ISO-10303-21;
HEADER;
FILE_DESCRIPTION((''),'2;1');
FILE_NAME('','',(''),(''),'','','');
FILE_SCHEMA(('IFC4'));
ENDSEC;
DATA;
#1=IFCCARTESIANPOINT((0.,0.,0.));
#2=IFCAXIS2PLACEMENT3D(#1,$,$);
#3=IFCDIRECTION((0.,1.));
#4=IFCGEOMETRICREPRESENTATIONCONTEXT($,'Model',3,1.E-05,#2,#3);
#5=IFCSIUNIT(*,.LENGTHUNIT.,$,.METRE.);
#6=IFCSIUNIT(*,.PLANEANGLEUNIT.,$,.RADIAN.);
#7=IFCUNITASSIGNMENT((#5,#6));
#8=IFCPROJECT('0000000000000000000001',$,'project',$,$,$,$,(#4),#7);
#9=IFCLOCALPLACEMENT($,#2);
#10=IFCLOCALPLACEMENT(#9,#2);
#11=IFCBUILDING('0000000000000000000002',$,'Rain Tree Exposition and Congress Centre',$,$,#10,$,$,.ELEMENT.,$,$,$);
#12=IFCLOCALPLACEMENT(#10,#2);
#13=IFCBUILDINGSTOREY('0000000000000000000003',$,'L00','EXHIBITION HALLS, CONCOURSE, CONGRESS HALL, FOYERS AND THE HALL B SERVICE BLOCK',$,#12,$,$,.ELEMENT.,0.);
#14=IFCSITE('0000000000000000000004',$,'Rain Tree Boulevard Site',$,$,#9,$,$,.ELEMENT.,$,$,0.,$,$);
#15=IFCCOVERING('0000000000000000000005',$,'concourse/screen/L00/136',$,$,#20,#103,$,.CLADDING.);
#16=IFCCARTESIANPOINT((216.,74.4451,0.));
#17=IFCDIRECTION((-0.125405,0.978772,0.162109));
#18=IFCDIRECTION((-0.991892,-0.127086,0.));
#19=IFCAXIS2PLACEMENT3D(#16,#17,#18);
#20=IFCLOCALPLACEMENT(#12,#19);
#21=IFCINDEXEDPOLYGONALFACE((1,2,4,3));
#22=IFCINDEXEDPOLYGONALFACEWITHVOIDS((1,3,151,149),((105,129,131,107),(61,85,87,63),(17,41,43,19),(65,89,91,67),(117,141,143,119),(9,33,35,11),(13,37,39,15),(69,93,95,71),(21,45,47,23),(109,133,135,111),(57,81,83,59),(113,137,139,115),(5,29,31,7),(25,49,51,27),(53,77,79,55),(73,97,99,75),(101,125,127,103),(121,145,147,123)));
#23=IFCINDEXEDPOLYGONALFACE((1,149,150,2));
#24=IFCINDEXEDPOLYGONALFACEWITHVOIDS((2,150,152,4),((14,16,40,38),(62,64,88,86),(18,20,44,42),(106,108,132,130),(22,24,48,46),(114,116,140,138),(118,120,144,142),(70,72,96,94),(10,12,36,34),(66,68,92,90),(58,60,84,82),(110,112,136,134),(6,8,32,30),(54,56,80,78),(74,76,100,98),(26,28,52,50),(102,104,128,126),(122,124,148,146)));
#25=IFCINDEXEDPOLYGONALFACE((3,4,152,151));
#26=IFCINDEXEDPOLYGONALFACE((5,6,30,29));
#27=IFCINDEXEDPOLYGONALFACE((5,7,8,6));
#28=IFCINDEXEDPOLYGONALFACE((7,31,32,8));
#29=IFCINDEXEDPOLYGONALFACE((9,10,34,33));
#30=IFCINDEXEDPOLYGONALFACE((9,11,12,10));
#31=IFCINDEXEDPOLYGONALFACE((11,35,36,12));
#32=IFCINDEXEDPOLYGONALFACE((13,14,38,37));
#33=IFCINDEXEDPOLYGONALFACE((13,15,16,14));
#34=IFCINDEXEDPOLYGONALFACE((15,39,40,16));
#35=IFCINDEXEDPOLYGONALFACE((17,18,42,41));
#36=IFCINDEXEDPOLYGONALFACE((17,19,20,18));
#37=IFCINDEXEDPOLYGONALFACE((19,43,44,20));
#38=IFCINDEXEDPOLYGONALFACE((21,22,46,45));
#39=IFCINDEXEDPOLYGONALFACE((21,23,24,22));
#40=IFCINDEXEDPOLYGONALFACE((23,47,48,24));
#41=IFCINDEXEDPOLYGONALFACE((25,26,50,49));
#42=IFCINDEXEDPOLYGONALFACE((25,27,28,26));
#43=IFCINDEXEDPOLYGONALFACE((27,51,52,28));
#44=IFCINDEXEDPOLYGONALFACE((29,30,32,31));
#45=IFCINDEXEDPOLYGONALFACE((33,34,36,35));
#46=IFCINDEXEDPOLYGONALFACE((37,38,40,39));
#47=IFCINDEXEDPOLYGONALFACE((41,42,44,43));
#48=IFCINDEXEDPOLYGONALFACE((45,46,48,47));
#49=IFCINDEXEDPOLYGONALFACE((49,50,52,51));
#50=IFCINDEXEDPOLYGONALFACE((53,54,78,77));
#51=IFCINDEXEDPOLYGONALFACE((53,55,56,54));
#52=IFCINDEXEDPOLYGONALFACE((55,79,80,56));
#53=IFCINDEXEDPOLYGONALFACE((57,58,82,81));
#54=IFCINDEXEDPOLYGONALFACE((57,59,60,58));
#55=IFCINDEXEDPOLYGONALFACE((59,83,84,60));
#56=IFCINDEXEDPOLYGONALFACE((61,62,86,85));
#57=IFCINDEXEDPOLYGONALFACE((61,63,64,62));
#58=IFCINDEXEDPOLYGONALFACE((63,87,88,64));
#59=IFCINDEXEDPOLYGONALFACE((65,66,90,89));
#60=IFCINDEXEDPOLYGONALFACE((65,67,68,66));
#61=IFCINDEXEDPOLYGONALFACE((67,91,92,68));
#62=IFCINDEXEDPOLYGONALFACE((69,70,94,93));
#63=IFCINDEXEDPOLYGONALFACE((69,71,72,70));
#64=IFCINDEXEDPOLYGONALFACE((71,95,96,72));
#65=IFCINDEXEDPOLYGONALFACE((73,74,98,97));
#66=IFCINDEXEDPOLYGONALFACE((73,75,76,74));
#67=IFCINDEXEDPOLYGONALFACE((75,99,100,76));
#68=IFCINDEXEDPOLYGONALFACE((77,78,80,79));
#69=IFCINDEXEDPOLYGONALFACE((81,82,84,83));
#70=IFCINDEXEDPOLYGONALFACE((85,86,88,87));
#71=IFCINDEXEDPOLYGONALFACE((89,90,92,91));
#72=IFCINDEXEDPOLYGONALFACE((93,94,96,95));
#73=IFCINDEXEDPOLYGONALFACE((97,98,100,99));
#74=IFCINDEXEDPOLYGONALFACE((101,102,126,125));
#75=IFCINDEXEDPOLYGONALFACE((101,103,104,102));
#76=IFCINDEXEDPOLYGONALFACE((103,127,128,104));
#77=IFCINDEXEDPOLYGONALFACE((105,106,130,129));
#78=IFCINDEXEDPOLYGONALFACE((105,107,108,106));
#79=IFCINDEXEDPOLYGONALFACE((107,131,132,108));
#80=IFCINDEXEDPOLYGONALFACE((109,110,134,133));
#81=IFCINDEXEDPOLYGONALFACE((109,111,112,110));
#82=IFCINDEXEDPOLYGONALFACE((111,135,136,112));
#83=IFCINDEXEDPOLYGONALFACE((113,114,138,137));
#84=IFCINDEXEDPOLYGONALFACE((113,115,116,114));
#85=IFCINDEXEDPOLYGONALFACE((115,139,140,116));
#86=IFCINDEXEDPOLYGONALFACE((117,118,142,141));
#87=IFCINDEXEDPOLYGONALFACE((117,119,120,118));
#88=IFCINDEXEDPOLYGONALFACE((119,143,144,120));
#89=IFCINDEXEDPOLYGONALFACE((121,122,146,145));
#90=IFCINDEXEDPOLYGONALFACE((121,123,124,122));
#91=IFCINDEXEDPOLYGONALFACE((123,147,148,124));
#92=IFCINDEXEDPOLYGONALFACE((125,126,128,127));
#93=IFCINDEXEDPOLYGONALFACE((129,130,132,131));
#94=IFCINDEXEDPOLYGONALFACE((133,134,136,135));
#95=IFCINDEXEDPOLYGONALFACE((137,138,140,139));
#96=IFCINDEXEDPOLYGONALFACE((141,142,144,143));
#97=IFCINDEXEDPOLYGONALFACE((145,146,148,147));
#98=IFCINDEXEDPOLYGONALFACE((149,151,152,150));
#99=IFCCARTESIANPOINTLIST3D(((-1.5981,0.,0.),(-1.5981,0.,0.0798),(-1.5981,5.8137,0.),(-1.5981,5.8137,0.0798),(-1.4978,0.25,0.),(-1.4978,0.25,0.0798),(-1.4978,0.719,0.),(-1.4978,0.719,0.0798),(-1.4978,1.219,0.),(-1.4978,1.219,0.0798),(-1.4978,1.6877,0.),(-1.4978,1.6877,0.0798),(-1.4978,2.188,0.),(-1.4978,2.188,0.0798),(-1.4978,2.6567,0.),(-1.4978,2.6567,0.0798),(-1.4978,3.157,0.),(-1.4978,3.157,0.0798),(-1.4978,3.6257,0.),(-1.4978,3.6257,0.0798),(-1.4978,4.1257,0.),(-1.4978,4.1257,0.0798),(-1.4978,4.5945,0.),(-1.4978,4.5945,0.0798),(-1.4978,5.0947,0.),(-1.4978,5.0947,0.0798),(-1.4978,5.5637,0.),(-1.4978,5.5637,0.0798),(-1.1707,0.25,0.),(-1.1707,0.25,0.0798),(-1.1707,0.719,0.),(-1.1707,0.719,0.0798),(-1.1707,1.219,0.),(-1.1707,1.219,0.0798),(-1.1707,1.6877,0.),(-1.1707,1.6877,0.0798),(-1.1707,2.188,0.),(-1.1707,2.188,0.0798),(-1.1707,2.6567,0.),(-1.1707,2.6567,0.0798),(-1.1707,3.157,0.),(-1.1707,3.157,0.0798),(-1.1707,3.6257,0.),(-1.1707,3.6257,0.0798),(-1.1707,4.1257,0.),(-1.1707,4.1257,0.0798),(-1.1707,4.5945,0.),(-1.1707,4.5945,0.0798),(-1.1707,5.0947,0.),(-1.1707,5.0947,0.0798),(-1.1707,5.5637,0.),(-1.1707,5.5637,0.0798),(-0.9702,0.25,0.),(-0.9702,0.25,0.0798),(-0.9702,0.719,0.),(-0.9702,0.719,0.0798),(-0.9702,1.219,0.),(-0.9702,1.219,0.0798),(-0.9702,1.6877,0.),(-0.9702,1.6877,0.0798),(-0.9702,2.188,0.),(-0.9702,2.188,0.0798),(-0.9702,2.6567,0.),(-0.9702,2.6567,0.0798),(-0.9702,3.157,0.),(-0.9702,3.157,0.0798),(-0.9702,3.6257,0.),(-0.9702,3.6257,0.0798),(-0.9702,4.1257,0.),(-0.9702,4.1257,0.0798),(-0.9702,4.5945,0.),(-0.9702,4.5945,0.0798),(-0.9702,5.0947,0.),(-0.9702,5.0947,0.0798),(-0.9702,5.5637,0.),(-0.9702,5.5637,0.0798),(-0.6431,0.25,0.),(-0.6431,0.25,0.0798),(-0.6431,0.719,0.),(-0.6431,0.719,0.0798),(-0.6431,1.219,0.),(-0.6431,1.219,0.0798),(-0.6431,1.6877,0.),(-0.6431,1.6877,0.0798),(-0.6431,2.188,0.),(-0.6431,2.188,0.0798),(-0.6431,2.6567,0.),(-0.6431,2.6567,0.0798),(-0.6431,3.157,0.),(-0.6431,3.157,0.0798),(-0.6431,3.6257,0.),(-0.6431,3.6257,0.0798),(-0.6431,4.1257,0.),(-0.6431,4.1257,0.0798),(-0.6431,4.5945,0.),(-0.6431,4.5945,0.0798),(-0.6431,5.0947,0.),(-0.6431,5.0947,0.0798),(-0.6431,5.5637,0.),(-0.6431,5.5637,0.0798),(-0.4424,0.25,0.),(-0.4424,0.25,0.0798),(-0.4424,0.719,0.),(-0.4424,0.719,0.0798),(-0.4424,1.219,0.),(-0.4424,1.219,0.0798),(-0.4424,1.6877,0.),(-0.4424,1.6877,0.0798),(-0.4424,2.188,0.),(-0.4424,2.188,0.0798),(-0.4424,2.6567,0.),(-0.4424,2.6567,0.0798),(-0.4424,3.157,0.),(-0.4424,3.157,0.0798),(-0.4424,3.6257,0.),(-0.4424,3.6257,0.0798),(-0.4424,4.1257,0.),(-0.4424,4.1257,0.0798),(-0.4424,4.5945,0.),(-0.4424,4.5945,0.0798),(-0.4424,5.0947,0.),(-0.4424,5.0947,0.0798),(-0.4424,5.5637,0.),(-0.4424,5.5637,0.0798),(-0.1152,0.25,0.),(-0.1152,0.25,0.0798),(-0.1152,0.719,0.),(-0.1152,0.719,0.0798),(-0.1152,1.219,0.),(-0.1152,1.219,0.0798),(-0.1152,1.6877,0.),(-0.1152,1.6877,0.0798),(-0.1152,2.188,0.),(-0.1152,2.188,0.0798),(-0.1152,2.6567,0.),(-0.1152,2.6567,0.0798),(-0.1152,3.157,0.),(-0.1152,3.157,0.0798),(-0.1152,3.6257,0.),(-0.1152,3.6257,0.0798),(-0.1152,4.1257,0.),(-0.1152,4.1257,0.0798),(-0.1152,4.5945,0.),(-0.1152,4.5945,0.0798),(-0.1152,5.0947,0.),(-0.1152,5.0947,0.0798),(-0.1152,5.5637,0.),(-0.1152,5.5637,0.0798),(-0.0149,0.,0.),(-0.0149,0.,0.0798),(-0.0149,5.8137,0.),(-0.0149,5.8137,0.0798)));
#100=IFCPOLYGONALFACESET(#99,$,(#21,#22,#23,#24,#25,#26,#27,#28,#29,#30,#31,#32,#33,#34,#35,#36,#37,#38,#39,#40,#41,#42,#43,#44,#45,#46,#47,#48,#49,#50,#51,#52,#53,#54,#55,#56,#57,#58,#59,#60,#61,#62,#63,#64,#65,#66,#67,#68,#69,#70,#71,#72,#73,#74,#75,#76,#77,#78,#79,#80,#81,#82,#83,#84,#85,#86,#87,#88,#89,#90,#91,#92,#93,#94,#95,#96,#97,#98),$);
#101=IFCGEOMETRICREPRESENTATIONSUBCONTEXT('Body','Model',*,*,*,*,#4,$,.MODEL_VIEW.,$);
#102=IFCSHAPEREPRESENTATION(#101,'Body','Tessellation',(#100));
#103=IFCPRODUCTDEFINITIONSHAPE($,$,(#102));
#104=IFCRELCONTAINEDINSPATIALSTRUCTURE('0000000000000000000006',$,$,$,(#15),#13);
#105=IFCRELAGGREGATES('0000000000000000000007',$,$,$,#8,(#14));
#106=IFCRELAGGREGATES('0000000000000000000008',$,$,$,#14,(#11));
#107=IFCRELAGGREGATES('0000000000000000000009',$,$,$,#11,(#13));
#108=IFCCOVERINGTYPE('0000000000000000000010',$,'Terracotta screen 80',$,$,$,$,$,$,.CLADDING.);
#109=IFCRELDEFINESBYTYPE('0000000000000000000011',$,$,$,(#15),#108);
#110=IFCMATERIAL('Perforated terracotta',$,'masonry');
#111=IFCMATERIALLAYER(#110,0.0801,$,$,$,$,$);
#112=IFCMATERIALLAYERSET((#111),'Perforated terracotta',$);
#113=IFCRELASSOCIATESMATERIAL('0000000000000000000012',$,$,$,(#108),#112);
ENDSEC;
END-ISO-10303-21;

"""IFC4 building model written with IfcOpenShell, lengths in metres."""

from ifc_helpers import new_model, si_unit, direction, frame, origin, place, context, subcontext, project, spatial, polyline, outline, extrude, material, layer, layer_set, type_object, element, save


model = new_model("IFC4")

# Units and contexts
model_context = context("Model", 3, precision=1e-05, world=origin(), true_north=direction((0.0, 1.0)))
body_context = subcontext(model_context, "Body", "Model", "MODEL_VIEW")
ifc_project = project(units=[si_unit("LENGTHUNIT", "METRE"), si_unit("PLANEANGLEUNIT", "RADIAN")], contexts=[model_context])

# Site, building, storey
site_placement = place(None, origin())
site = spatial("IfcSite", under=ifc_project, at=site_placement, Name="Rain Tree Boulevard Site", CompositionType="ELEMENT", RefElevation=0.0)
building_placement = place(site_placement, origin())
building = spatial("IfcBuilding", under=site, at=building_placement, Name="Rain Tree Exposition and Congress Centre", CompositionType="ELEMENT")
storey_placement = place(building_placement, origin())
storey = spatial("IfcBuildingStorey", under=building, at=storey_placement, Name="L00", Description="EXHIBITION HALLS, CONCOURSE, CONGRESS HALL, FOYERS AND THE HALL B SERVICE BLOCK", CompositionType="ELEMENT", Elevation=0.0)

# Covering
ifc_material_1 = material(Name="Perforated terracotta", Category="masonry")
ifc_layer_1 = layer(ifc_material_1, 0.0801)
ifc_layer_set_1 = layer_set([ifc_layer_1], Name="Perforated terracotta")
covering_type = type_object("IfcCoveringType", Name="Terracotta screen 80", PredefinedType="CLADDING", material=ifc_layer_set_1)
covering_1_placement = place(storey_placement, frame((216.0, 74.4451, 0.0), z_axis=(-0.125405, 0.978772, 0.162109), x_axis=(-0.991892, -0.127086, 0.0)))
element("IfcCovering", 1, at=covering_1_placement, inside=storey, type_object=covering_type, Name="concourse/screen/L00/136", PredefinedType="CLADDING", context=body_context, shape_type="SweptSolid", body=[
    extrude(outline(polyline([(-0.0149, 0.0), (-1.5981, 0.0), (-1.5981, 5.8137), (-0.0149, 5.8137), (-0.0149, 0.0)]), holes=[polyline([(-0.1152, 0.25), (-0.1152, 0.719), (-0.4424, 0.719), (-0.4424, 0.25), (-0.1152, 0.25)]), polyline([(-0.1152, 1.219), (-0.1152, 1.6877), (-0.4424, 1.6877), (-0.4424, 1.219), (-0.1152, 1.219)]), polyline([(-0.1152, 2.188), (-0.1152, 2.6567), (-0.4424, 2.6567), (-0.4424, 2.188), (-0.1152, 2.188)]), polyline([(-0.1152, 3.157), (-0.1152, 3.6257), (-0.4424, 3.6257), (-0.4424, 3.157), (-0.1152, 3.157)]), polyline([(-0.1152, 4.1257), (-0.1152, 4.5945), (-0.4424, 4.5945), (-0.4424, 4.1257), (-0.1152, 4.1257)]), polyline([(-0.1152, 5.0947), (-0.1152, 5.5637), (-0.4424, 5.5637), (-0.4424, 5.0947), (-0.1152, 5.0947)]), polyline([(-0.6431, 0.25), (-0.6431, 0.719), (-0.9702, 0.719), (-0.9702, 0.25), (-0.6431, 0.25)]), polyline([(-0.6431, 1.219), (-0.6431, 1.6877), (-0.9702, 1.6877), (-0.9702, 1.219), (-0.6431, 1.219)]), polyline([(-0.6431, 2.188), (-0.6431, 2.6567), (-0.9702, 2.6567), (-0.9702, 2.188), (-0.6431, 2.188)]), polyline([(-0.6431, 3.157), (-0.6431, 3.6257), (-0.9702, 3.6257), (-0.9702, 3.157), (-0.6431, 3.157)]), polyline([(-0.6431, 4.1257), (-0.6431, 4.5945), (-0.9702, 4.5945), (-0.9702, 4.1257), (-0.6431, 4.1257)]), polyline([(-0.6431, 5.0947), (-0.6431, 5.5637), (-0.9702, 5.5637), (-0.9702, 5.0947), (-0.6431, 5.0947)]), polyline([(-1.1707, 0.25), (-1.1707, 0.719), (-1.4978, 0.719), (-1.4978, 0.25), (-1.1707, 0.25)]), polyline([(-1.1707, 1.219), (-1.1707, 1.6877), (-1.4978, 1.6877), (-1.4978, 1.219), (-1.1707, 1.219)]), polyline([(-1.1707, 2.188), (-1.1707, 2.6567), (-1.4978, 2.6567), (-1.4978, 2.188), (-1.1707, 2.188)]), polyline([(-1.1707, 3.157), (-1.1707, 3.6257), (-1.4978, 3.6257), (-1.4978, 3.157), (-1.1707, 3.157)]), polyline([(-1.1707, 4.1257), (-1.1707, 4.5945), (-1.4978, 4.5945), (-1.4978, 4.1257), (-1.1707, 4.1257)]), polyline([(-1.1707, 5.0947), (-1.1707, 5.5637), (-1.4978, 5.5637), (-1.4978, 5.0947), (-1.1707, 5.0947)])]), origin(), (0.0, 0.0, 1.0), 0.0798),
])

save(model, "model.ifc")
